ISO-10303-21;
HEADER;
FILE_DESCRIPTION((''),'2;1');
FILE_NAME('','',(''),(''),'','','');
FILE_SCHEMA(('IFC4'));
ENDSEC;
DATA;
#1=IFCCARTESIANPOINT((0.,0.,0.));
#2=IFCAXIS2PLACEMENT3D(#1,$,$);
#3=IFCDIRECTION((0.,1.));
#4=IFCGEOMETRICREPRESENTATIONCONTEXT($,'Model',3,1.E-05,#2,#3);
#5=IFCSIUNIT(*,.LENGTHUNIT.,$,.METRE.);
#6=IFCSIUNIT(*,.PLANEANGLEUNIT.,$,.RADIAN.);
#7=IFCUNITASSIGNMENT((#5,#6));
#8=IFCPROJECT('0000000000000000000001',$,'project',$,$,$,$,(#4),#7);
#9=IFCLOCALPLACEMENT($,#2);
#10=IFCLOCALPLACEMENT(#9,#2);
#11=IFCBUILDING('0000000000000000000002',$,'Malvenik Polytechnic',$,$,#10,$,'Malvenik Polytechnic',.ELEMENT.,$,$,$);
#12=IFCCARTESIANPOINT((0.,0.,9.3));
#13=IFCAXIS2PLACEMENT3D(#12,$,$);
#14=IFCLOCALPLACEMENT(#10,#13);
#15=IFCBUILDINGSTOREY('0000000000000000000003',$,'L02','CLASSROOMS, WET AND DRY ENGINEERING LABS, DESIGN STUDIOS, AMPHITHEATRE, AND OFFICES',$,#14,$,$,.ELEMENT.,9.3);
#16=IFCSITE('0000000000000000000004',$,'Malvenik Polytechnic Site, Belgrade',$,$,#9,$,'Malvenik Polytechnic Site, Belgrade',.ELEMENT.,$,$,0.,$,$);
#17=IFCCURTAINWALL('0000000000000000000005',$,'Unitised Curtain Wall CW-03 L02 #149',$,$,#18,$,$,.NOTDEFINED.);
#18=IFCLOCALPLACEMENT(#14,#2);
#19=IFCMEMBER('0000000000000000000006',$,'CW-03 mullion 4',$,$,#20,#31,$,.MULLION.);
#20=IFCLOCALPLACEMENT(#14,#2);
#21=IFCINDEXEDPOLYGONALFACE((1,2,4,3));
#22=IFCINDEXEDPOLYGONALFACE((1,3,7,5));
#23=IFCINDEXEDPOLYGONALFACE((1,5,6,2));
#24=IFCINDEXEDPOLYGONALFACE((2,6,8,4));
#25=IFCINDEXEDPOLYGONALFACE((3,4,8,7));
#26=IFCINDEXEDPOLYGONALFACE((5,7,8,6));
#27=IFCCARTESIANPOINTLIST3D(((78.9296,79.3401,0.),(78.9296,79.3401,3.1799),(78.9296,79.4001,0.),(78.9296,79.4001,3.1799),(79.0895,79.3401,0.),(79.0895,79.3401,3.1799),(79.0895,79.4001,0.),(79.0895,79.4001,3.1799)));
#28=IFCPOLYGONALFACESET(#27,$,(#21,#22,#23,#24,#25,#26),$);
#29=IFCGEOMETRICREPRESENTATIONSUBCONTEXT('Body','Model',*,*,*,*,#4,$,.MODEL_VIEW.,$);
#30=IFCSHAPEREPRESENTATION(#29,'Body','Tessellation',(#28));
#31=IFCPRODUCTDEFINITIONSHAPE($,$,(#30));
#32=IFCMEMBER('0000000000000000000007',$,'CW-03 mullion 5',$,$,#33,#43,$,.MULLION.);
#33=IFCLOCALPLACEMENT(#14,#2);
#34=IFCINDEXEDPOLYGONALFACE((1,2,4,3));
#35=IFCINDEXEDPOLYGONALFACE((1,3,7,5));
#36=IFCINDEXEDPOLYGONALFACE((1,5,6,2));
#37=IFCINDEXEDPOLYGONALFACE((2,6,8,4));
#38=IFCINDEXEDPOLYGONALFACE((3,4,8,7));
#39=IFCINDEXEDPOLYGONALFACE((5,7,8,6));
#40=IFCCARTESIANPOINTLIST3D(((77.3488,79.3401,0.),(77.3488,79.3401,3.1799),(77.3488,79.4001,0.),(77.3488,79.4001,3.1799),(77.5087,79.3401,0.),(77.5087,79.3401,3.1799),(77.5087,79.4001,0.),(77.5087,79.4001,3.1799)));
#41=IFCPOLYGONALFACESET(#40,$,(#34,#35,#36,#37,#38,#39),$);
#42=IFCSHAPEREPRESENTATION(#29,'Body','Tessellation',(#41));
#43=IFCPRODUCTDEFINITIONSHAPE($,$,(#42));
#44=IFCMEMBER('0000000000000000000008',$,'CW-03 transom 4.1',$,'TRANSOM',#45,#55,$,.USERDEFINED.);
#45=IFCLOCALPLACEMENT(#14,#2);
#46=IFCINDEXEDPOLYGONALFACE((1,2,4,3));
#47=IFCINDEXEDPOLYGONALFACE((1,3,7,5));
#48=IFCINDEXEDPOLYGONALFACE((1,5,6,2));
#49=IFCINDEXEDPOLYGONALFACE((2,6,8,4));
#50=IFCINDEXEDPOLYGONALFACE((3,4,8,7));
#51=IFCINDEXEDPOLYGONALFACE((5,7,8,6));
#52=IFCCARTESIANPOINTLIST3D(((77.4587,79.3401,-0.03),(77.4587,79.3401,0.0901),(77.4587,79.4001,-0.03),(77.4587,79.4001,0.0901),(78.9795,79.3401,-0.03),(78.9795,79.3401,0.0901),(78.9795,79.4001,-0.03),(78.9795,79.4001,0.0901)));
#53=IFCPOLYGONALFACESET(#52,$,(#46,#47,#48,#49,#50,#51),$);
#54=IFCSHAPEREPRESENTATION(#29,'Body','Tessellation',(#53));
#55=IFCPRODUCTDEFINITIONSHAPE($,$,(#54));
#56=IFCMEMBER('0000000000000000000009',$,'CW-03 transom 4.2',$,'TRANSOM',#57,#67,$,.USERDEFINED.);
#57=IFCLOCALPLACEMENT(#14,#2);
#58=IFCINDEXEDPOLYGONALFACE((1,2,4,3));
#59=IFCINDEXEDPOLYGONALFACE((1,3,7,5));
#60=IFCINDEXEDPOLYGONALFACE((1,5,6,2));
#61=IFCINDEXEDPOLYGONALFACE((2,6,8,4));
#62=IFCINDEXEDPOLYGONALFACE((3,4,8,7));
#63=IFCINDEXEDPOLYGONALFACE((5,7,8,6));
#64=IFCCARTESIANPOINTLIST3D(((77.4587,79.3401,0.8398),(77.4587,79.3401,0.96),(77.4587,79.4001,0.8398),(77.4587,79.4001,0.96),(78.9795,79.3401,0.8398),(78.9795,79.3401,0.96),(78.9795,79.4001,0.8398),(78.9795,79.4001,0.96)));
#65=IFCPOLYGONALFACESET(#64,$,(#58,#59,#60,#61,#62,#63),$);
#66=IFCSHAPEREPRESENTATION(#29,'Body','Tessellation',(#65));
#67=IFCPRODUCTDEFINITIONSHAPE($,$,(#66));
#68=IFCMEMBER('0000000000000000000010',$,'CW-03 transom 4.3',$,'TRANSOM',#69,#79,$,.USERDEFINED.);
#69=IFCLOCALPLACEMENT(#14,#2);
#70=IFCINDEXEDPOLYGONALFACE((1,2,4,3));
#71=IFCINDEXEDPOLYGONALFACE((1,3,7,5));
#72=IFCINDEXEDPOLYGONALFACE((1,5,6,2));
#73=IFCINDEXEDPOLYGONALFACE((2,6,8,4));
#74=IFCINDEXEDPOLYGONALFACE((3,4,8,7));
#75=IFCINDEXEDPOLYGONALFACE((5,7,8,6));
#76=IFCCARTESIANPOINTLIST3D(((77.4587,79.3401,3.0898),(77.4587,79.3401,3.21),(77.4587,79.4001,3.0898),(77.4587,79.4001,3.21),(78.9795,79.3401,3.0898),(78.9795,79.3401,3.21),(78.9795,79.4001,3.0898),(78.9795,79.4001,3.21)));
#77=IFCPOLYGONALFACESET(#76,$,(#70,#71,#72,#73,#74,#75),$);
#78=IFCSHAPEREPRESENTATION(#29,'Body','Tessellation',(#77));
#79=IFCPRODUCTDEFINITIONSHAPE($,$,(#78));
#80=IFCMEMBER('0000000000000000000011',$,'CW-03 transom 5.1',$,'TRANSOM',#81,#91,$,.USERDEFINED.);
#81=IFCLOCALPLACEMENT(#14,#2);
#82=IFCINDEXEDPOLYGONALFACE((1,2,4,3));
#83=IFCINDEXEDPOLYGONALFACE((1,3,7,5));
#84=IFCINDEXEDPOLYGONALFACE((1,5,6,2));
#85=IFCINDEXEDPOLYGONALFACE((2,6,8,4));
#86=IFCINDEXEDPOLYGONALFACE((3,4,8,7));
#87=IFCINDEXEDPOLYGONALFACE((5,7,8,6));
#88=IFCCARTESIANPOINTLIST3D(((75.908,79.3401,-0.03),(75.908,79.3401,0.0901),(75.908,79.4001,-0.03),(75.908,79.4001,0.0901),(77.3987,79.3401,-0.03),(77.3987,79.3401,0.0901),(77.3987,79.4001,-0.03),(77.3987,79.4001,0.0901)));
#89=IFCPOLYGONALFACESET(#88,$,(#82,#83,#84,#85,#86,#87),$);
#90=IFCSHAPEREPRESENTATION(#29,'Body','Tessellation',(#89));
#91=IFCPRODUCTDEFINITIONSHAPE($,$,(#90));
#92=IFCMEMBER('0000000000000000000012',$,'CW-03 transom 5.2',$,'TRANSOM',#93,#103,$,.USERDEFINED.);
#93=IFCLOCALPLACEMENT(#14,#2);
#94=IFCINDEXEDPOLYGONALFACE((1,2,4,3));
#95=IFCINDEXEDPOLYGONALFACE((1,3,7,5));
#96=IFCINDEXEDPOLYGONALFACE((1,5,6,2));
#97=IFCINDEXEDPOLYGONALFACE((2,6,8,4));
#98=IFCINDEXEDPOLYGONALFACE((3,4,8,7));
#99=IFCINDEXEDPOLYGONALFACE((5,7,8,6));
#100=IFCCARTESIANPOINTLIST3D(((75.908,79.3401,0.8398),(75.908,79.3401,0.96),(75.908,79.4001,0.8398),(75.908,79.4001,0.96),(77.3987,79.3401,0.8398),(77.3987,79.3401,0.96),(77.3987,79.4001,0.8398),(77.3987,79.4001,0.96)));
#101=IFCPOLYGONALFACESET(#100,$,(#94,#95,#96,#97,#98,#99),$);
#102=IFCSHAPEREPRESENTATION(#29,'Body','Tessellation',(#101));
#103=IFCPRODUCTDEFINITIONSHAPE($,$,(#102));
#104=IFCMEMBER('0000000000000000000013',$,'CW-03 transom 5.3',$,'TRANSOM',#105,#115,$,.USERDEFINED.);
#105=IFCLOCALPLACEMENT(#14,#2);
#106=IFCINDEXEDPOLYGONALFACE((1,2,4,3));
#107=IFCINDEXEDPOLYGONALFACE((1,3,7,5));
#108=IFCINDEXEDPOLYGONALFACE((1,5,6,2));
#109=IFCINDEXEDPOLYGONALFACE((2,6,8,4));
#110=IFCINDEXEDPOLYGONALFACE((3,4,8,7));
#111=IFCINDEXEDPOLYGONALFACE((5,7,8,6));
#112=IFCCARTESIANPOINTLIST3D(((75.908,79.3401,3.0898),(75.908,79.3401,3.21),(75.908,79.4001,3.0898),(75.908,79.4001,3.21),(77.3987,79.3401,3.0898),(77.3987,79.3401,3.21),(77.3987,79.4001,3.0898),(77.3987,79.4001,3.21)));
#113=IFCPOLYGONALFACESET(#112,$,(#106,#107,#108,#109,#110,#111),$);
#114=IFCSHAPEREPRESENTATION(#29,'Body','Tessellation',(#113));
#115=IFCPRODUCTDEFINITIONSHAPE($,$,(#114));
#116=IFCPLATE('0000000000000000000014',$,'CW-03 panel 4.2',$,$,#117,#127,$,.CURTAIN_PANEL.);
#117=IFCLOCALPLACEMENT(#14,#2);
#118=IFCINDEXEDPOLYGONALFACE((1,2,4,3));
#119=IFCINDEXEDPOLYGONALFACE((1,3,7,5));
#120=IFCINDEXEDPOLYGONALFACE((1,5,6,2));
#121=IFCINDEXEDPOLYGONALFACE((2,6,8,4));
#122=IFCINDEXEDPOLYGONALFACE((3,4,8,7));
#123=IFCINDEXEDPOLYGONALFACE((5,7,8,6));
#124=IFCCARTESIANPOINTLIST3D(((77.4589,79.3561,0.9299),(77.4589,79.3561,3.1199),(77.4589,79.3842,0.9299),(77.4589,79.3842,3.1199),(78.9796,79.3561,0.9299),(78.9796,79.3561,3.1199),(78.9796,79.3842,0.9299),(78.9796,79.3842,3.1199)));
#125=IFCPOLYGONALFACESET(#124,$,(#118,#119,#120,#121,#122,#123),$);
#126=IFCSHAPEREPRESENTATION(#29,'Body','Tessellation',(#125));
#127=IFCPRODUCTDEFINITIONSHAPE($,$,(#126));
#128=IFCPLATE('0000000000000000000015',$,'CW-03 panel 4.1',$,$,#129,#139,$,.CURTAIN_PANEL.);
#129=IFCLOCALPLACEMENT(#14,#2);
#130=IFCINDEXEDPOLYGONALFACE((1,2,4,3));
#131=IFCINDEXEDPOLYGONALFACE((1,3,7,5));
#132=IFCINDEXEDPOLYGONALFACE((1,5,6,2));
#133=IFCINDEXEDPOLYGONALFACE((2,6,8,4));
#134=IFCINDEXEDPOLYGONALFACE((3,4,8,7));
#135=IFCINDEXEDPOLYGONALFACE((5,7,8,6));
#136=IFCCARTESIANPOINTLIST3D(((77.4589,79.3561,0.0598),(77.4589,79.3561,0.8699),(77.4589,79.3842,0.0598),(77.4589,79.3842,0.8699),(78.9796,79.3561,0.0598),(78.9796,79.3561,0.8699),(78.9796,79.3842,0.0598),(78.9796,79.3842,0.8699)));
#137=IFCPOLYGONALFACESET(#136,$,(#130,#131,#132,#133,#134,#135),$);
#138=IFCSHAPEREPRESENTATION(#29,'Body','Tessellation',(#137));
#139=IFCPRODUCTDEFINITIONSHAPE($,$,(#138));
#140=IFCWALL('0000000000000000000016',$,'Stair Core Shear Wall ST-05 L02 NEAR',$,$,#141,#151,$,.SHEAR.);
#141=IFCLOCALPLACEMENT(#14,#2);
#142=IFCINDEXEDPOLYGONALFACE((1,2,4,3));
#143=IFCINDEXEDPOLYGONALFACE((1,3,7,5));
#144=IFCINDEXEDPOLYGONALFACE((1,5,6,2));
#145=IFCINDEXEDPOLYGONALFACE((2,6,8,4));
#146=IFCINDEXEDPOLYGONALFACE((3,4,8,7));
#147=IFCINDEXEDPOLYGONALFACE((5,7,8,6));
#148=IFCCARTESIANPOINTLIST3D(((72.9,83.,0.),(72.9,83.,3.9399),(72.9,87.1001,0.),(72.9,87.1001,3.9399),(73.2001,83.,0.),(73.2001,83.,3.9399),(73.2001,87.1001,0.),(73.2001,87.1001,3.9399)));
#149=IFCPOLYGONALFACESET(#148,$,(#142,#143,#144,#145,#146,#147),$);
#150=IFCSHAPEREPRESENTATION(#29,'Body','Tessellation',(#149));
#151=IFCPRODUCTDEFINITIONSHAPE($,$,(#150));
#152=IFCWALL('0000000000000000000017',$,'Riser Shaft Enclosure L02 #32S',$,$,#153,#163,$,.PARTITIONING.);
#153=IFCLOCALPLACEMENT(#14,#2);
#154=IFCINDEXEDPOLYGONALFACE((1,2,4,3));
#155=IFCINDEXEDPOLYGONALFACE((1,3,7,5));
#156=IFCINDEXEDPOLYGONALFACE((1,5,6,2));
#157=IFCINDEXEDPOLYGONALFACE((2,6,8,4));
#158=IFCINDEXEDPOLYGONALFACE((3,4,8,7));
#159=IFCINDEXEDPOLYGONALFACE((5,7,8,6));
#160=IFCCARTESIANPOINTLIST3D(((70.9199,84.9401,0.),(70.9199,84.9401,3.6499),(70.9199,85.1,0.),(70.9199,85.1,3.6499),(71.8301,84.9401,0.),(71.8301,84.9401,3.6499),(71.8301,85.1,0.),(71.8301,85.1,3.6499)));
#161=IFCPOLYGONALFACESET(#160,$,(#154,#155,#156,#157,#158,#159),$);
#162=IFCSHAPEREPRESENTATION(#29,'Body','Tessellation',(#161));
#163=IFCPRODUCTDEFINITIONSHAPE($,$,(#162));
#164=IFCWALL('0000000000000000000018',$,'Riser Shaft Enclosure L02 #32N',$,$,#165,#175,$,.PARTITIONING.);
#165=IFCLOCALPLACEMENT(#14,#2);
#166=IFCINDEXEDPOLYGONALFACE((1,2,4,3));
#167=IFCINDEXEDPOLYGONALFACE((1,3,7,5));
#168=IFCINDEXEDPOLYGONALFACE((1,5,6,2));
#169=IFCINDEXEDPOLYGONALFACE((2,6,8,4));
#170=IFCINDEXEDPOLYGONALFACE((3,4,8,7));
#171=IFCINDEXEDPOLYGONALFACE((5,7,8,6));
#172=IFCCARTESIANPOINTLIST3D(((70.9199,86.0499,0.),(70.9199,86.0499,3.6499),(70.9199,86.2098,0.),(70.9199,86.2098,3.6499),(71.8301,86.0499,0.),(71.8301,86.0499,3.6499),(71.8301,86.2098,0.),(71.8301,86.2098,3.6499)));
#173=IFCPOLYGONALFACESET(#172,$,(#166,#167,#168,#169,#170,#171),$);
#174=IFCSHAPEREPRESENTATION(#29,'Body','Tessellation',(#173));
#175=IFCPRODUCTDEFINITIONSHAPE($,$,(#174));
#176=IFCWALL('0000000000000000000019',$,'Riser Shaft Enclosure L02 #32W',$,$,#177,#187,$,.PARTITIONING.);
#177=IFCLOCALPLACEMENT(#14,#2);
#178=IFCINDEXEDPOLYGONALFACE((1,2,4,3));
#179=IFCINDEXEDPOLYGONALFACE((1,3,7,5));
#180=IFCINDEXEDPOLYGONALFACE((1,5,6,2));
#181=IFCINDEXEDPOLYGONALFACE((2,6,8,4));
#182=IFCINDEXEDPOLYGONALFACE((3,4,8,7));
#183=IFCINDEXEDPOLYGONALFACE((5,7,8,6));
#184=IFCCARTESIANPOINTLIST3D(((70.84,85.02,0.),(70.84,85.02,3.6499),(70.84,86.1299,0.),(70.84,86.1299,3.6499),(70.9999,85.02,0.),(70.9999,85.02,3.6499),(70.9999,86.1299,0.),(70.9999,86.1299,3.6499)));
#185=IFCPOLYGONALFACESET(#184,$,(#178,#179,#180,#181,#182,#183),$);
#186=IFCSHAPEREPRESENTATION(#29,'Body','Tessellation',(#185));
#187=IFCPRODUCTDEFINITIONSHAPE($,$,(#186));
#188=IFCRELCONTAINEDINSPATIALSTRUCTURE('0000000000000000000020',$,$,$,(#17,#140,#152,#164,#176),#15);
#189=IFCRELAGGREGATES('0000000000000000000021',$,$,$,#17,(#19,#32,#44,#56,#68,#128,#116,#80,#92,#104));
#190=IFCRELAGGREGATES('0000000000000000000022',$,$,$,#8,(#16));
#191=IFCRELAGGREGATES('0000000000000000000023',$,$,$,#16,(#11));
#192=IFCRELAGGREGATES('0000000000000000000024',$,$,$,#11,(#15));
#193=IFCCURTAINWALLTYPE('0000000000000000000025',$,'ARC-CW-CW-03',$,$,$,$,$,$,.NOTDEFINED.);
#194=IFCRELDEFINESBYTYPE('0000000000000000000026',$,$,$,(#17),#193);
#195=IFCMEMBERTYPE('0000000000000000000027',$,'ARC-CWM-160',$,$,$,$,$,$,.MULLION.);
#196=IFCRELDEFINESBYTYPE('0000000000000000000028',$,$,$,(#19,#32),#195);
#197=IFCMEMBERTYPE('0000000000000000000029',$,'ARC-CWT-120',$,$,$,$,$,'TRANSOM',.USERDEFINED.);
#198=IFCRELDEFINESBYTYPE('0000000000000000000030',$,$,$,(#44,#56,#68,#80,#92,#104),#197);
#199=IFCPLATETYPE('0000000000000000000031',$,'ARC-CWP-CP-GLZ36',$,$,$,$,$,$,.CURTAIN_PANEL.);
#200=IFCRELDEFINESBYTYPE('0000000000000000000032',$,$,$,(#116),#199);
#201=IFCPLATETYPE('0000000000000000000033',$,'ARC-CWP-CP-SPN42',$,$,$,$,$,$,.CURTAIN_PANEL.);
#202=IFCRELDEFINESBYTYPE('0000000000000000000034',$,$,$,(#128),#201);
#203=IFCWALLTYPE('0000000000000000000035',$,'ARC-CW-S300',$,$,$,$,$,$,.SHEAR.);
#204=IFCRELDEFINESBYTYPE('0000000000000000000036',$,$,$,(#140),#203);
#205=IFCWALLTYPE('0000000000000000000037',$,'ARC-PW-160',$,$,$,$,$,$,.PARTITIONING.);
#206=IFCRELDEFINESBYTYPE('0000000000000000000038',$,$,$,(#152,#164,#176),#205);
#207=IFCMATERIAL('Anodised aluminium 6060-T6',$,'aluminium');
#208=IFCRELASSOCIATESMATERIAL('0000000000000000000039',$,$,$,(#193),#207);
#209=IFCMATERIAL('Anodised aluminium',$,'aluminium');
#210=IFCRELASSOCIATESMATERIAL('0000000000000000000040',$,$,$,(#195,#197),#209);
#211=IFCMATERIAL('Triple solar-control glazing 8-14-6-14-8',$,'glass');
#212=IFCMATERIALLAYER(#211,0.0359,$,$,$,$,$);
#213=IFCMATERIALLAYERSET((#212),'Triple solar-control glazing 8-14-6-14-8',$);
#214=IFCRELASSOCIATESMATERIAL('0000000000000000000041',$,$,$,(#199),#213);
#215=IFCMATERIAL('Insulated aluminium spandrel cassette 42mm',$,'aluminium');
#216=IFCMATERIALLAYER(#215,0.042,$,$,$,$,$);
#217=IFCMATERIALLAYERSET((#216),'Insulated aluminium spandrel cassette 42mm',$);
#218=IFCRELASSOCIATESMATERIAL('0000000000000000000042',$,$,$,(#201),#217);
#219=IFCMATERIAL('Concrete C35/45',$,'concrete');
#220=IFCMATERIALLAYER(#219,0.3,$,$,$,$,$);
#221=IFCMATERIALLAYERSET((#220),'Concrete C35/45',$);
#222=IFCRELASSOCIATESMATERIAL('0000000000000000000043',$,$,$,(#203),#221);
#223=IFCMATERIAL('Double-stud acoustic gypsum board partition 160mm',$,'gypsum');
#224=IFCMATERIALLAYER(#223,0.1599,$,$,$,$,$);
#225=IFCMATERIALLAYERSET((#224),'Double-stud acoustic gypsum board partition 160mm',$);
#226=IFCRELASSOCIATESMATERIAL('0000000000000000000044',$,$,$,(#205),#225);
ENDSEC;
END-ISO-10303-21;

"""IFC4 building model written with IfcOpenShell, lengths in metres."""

from ifc_helpers import new_model, si_unit, direction, frame, frame_2d, origin, origin_2d, place, context, subcontext, project, spatial, rectangle, extrude, material, layer, layer_set, material_profile, profile_set, type_object, element, aggregate, save


model = new_model("IFC4")

# Units and contexts
model_context = context("Model", 3, precision=1e-05, world=origin(), true_north=direction((0.0, 1.0)))
body_context = subcontext(model_context, "Body", "Model", "MODEL_VIEW")
ifc_project = project(units=[si_unit("LENGTHUNIT", "METRE"), si_unit("PLANEANGLEUNIT", "RADIAN")], contexts=[model_context])

# Site, building, storey
site_placement = place(None, origin())
site = spatial("IfcSite", under=ifc_project, at=site_placement, Name="Malvenik Polytechnic Site, Belgrade", LongName="Malvenik Polytechnic Site, Belgrade", CompositionType="ELEMENT", RefElevation=0.0)
building_placement = place(site_placement, origin())
building = spatial("IfcBuilding", under=site, at=building_placement, Name="Malvenik Polytechnic", LongName="Malvenik Polytechnic", CompositionType="ELEMENT")
storey_placement = place(building_placement, frame((0.0, 0.0, 9.3)))
storey = spatial("IfcBuildingStorey", under=building, at=storey_placement, Name="L02", Description="CLASSROOMS, WET AND DRY ENGINEERING LABS, DESIGN STUDIOS, AMPHITHEATRE, AND OFFICES", CompositionType="ELEMENT", Elevation=9.3)

# Curtain wall, members, plates
ifc_material_1 = material(Name="Anodised aluminium 6060-T6", Category="aluminium")
curtain_wall_type = type_object("IfcCurtainWallType", Name="ARC-CW-CW-03", PredefinedType="NOTDEFINED", material=ifc_material_1)
curtain_wall_placement = place(storey_placement, origin())
curtain_wall = element("IfcCurtainWall", 1, at=curtain_wall_placement, inside=storey, type_object=curtain_wall_type, Name="Unitised Curtain Wall CW-03 L02 #149", PredefinedType="NOTDEFINED")
ifc_material_2 = material(Name="Anodised aluminium", Category="aluminium")
ifc_material_profile_1 = material_profile(ifc_material_2, rectangle(XDim=0.0601, YDim=0.1599, at=origin_2d()), Name="ALU MULLION 60x160")
ifc_profile_set_1 = profile_set([ifc_material_profile_1], Name="Anodised aluminium")
member_type_1 = type_object("IfcMemberType", Name="ARC-CWM-160", PredefinedType="MULLION", material=ifc_profile_set_1)
member_1_placement = place(storey_placement, frame((79.0095, 79.3701, 0.0), z_axis=(0.0, 0.0, 1.0), x_axis=(0.0, -1.0, 0.0)))
member_1 = element("IfcMember", 2, at=member_1_placement, type_object=member_type_1, Name="CW-03 mullion 4", PredefinedType="MULLION", context=body_context, shape_type="SweptSolid", body=[
    extrude(rectangle(XDim=0.0601, YDim=0.1599, at=origin_2d()), origin(), (0.0, 0.0, 1.0), 3.1799),
])
member_2_placement = place(storey_placement, frame((77.4287, 79.3701, 0.0), z_axis=(0.0, 0.0, 1.0), x_axis=(0.0, -1.0, 0.0)))
member_2 = element("IfcMember", 3, at=member_2_placement, type_object=member_type_1, Name="CW-03 mullion 5", PredefinedType="MULLION", context=body_context, shape_type="SweptSolid", body=[
    extrude(rectangle(XDim=0.0601, YDim=0.1599, at=origin_2d()), origin(), (0.0, 0.0, 1.0), 3.1799),
])
ifc_material_profile_2 = material_profile(ifc_material_2, rectangle(XDim=0.0601, YDim=0.1201, at=origin_2d()), Name="ALU TRANSOM 60x120")
ifc_profile_set_2 = profile_set([ifc_material_profile_2], Name="Anodised aluminium")
member_type_2 = type_object("IfcMemberType", Name="ARC-CWT-120", ElementType="TRANSOM", PredefinedType="USERDEFINED", material=ifc_profile_set_2)
member_3_placement = place(storey_placement, frame((78.9795, 79.3701, 0.03), z_axis=(-1.0, 0.0, 0.0), x_axis=(0.0, -1.0, 0.0)))
member_3 = element("IfcMember", 4, at=member_3_placement, type_object=member_type_2, Name="CW-03 transom 4.1", ObjectType="TRANSOM", PredefinedType="USERDEFINED", context=body_context, shape_type="SweptSolid", body=[
    extrude(rectangle(XDim=0.0601, YDim=0.1201, at=origin_2d()), origin(), (0.0, 0.0, 1.0), 1.5208),
])
member_4_placement = place(storey_placement, frame((78.9795, 79.3701, 0.8999), z_axis=(-1.0, 0.0, 0.0), x_axis=(0.0, -1.0, 0.0)))
member_4 = element("IfcMember", 5, at=member_4_placement, type_object=member_type_2, Name="CW-03 transom 4.2", ObjectType="TRANSOM", PredefinedType="USERDEFINED", context=body_context, shape_type="SweptSolid", body=[
    extrude(rectangle(XDim=0.0601, YDim=0.1201, at=origin_2d()), origin(), (0.0, 0.0, 1.0), 1.5208),
])
member_5_placement = place(storey_placement, frame((78.9795, 79.3701, 3.1499), z_axis=(-1.0, 0.0, 0.0), x_axis=(0.0, -1.0, 0.0)))
member_5 = element("IfcMember", 6, at=member_5_placement, type_object=member_type_2, Name="CW-03 transom 4.3", ObjectType="TRANSOM", PredefinedType="USERDEFINED", context=body_context, shape_type="SweptSolid", body=[
    extrude(rectangle(XDim=0.0601, YDim=0.1201, at=origin_2d()), origin(), (0.0, 0.0, 1.0), 1.5208),
])
member_6_placement = place(storey_placement, frame((77.3987, 79.3701, 0.03), z_axis=(-1.0, 0.0, 0.0), x_axis=(0.0, -1.0, 0.0)))
member_6 = element("IfcMember", 7, at=member_6_placement, type_object=member_type_2, Name="CW-03 transom 5.1", ObjectType="TRANSOM", PredefinedType="USERDEFINED", context=body_context, shape_type="SweptSolid", body=[
    extrude(rectangle(XDim=0.0601, YDim=0.1201, at=origin_2d()), origin(), (0.0, 0.0, 1.0), 1.4907),
])
member_7_placement = place(storey_placement, frame((77.3987, 79.3701, 0.8999), z_axis=(-1.0, 0.0, 0.0), x_axis=(0.0, -1.0, 0.0)))
member_7 = element("IfcMember", 8, at=member_7_placement, type_object=member_type_2, Name="CW-03 transom 5.2", ObjectType="TRANSOM", PredefinedType="USERDEFINED", context=body_context, shape_type="SweptSolid", body=[
    extrude(rectangle(XDim=0.0601, YDim=0.1201, at=origin_2d()), origin(), (0.0, 0.0, 1.0), 1.4907),
])
member_8_placement = place(storey_placement, frame((77.3987, 79.3701, 3.1499), z_axis=(-1.0, 0.0, 0.0), x_axis=(0.0, -1.0, 0.0)))
member_8 = element("IfcMember", 9, at=member_8_placement, type_object=member_type_2, Name="CW-03 transom 5.3", ObjectType="TRANSOM", PredefinedType="USERDEFINED", context=body_context, shape_type="SweptSolid", body=[
    extrude(rectangle(XDim=0.0601, YDim=0.1201, at=origin_2d()), origin(), (0.0, 0.0, 1.0), 1.4907),
])
ifc_material_3 = material(Name="Triple solar-control glazing 8-14-6-14-8", Category="glass")
ifc_layer_1 = layer(ifc_material_3, 0.0359)
ifc_layer_set_1 = layer_set([ifc_layer_1], Name="Triple solar-control glazing 8-14-6-14-8")
plate_type_1 = type_object("IfcPlateType", Name="ARC-CWP-CP-GLZ36", PredefinedType="CURTAIN_PANEL", material=ifc_layer_set_1)
plate_1_placement = place(storey_placement, frame((78.2192, 79.3701, 0.9299), z_axis=(0.0, 0.0, 1.0), x_axis=(-1.0, 0.0, 0.0)))
plate_1 = element("IfcPlate", 10, at=plate_1_placement, type_object=plate_type_1, Name="CW-03 panel 4.2", PredefinedType="CURTAIN_PANEL", context=body_context, shape_type="SweptSolid", body=[
    extrude(rectangle(XDim=1.5208, YDim=0.0281, at=origin_2d()), origin(), (0.0, 0.0, 1.0), 2.1899),
])
ifc_material_4 = material(Name="Insulated aluminium spandrel cassette 42mm", Category="aluminium")
ifc_layer_2 = layer(ifc_material_4, 0.042)
ifc_layer_set_2 = layer_set([ifc_layer_2], Name="Insulated aluminium spandrel cassette 42mm")
plate_type_2 = type_object("IfcPlateType", Name="ARC-CWP-CP-SPN42", PredefinedType="CURTAIN_PANEL", material=ifc_layer_set_2)
plate_2_placement = place(storey_placement, frame((78.2192, 79.3701, 0.0598), z_axis=(0.0, 0.0, 1.0), x_axis=(-1.0, 0.0, 0.0)))
plate_2 = element("IfcPlate", 11, at=plate_2_placement, type_object=plate_type_2, Name="CW-03 panel 4.1", PredefinedType="CURTAIN_PANEL", context=body_context, shape_type="SweptSolid", body=[
    extrude(rectangle(XDim=1.5208, YDim=0.0281, at=origin_2d()), origin(), (0.0, 0.0, 1.0), 0.8101),
])
aggregate(curtain_wall, [member_1, member_2, member_3, member_4, member_5, plate_2, plate_1, member_6, member_7, member_8])

# Walls
ifc_material_5 = material(Name="Concrete C35/45", Category="concrete")
ifc_layer_3 = layer(ifc_material_5, 0.3)
ifc_layer_set_3 = layer_set([ifc_layer_3], Name="Concrete C35/45")
wall_type_1 = type_object("IfcWallType", Name="ARC-CW-S300", PredefinedType="SHEAR", material=ifc_layer_set_3)
wall_placement = place(storey_placement, frame((73.05, 83.0, 0.0), z_axis=(0.0, 0.0, 1.0), x_axis=(0.0, 1.0, 0.0)))
element("IfcWall", 12, at=wall_placement, inside=storey, type_object=wall_type_1, Name="Stair Core Shear Wall ST-05 L02 NEAR", PredefinedType="SHEAR", context=body_context, shape_type="SweptSolid", body=[
    extrude(rectangle(XDim=4.1001, YDim=0.3, at=frame_2d((2.05, 0.0))), origin(), (0.0, 0.0, 1.0), 3.9399),
])
ifc_material_6 = material(Name="Double-stud acoustic gypsum board partition 160mm", Category="gypsum")
ifc_layer_4 = layer(ifc_material_6, 0.1599)
ifc_layer_set_4 = layer_set([ifc_layer_4], Name="Double-stud acoustic gypsum board partition 160mm")
wall_type_2 = type_object("IfcWallType", Name="ARC-PW-160", PredefinedType="PARTITIONING", material=ifc_layer_set_4)
for number, where, z_axis, x_axis, name in (
    (13, (70.9199, 85.02, 0.0), (0.0, 0.0, 1.0), (1.0, 0.0, 0.0), "Riser Shaft Enclosure L02 #32S"),
    (14, (71.8301, 86.1299, 0.0), (0.0, 0.0, 1.0), (-1.0, 0.0, 0.0), "Riser Shaft Enclosure L02 #32N"),
):
    element("IfcWall", number, at=place(storey_placement, frame(where, z_axis=z_axis, x_axis=x_axis)), inside=storey, type_object=wall_type_2, Name=name, PredefinedType="PARTITIONING", context=body_context, shape_type="SweptSolid", body=[
        extrude(rectangle(XDim=0.9102, YDim=0.1599, at=frame_2d((0.4551, 0.0))), origin(), (0.0, 0.0, 1.0), 3.6499),
    ])
for number, where, z_axis, x_axis, name in (
    (15, (70.9199, 86.1299, 0.0), (0.0, 0.0, 1.0), (0.0, -1.0, 0.0), "Riser Shaft Enclosure L02 #32W"),
):
    element("IfcWall", number, at=place(storey_placement, frame(where, z_axis=z_axis, x_axis=x_axis)), inside=storey, type_object=wall_type_2, Name=name, PredefinedType="PARTITIONING", context=body_context, shape_type="SweptSolid", body=[
        extrude(rectangle(XDim=1.1099, YDim=0.1599, at=frame_2d((0.5549, 0.0))), origin(), (0.0, 0.0, 1.0), 3.6499),
    ])

save(model, "model.ifc")
